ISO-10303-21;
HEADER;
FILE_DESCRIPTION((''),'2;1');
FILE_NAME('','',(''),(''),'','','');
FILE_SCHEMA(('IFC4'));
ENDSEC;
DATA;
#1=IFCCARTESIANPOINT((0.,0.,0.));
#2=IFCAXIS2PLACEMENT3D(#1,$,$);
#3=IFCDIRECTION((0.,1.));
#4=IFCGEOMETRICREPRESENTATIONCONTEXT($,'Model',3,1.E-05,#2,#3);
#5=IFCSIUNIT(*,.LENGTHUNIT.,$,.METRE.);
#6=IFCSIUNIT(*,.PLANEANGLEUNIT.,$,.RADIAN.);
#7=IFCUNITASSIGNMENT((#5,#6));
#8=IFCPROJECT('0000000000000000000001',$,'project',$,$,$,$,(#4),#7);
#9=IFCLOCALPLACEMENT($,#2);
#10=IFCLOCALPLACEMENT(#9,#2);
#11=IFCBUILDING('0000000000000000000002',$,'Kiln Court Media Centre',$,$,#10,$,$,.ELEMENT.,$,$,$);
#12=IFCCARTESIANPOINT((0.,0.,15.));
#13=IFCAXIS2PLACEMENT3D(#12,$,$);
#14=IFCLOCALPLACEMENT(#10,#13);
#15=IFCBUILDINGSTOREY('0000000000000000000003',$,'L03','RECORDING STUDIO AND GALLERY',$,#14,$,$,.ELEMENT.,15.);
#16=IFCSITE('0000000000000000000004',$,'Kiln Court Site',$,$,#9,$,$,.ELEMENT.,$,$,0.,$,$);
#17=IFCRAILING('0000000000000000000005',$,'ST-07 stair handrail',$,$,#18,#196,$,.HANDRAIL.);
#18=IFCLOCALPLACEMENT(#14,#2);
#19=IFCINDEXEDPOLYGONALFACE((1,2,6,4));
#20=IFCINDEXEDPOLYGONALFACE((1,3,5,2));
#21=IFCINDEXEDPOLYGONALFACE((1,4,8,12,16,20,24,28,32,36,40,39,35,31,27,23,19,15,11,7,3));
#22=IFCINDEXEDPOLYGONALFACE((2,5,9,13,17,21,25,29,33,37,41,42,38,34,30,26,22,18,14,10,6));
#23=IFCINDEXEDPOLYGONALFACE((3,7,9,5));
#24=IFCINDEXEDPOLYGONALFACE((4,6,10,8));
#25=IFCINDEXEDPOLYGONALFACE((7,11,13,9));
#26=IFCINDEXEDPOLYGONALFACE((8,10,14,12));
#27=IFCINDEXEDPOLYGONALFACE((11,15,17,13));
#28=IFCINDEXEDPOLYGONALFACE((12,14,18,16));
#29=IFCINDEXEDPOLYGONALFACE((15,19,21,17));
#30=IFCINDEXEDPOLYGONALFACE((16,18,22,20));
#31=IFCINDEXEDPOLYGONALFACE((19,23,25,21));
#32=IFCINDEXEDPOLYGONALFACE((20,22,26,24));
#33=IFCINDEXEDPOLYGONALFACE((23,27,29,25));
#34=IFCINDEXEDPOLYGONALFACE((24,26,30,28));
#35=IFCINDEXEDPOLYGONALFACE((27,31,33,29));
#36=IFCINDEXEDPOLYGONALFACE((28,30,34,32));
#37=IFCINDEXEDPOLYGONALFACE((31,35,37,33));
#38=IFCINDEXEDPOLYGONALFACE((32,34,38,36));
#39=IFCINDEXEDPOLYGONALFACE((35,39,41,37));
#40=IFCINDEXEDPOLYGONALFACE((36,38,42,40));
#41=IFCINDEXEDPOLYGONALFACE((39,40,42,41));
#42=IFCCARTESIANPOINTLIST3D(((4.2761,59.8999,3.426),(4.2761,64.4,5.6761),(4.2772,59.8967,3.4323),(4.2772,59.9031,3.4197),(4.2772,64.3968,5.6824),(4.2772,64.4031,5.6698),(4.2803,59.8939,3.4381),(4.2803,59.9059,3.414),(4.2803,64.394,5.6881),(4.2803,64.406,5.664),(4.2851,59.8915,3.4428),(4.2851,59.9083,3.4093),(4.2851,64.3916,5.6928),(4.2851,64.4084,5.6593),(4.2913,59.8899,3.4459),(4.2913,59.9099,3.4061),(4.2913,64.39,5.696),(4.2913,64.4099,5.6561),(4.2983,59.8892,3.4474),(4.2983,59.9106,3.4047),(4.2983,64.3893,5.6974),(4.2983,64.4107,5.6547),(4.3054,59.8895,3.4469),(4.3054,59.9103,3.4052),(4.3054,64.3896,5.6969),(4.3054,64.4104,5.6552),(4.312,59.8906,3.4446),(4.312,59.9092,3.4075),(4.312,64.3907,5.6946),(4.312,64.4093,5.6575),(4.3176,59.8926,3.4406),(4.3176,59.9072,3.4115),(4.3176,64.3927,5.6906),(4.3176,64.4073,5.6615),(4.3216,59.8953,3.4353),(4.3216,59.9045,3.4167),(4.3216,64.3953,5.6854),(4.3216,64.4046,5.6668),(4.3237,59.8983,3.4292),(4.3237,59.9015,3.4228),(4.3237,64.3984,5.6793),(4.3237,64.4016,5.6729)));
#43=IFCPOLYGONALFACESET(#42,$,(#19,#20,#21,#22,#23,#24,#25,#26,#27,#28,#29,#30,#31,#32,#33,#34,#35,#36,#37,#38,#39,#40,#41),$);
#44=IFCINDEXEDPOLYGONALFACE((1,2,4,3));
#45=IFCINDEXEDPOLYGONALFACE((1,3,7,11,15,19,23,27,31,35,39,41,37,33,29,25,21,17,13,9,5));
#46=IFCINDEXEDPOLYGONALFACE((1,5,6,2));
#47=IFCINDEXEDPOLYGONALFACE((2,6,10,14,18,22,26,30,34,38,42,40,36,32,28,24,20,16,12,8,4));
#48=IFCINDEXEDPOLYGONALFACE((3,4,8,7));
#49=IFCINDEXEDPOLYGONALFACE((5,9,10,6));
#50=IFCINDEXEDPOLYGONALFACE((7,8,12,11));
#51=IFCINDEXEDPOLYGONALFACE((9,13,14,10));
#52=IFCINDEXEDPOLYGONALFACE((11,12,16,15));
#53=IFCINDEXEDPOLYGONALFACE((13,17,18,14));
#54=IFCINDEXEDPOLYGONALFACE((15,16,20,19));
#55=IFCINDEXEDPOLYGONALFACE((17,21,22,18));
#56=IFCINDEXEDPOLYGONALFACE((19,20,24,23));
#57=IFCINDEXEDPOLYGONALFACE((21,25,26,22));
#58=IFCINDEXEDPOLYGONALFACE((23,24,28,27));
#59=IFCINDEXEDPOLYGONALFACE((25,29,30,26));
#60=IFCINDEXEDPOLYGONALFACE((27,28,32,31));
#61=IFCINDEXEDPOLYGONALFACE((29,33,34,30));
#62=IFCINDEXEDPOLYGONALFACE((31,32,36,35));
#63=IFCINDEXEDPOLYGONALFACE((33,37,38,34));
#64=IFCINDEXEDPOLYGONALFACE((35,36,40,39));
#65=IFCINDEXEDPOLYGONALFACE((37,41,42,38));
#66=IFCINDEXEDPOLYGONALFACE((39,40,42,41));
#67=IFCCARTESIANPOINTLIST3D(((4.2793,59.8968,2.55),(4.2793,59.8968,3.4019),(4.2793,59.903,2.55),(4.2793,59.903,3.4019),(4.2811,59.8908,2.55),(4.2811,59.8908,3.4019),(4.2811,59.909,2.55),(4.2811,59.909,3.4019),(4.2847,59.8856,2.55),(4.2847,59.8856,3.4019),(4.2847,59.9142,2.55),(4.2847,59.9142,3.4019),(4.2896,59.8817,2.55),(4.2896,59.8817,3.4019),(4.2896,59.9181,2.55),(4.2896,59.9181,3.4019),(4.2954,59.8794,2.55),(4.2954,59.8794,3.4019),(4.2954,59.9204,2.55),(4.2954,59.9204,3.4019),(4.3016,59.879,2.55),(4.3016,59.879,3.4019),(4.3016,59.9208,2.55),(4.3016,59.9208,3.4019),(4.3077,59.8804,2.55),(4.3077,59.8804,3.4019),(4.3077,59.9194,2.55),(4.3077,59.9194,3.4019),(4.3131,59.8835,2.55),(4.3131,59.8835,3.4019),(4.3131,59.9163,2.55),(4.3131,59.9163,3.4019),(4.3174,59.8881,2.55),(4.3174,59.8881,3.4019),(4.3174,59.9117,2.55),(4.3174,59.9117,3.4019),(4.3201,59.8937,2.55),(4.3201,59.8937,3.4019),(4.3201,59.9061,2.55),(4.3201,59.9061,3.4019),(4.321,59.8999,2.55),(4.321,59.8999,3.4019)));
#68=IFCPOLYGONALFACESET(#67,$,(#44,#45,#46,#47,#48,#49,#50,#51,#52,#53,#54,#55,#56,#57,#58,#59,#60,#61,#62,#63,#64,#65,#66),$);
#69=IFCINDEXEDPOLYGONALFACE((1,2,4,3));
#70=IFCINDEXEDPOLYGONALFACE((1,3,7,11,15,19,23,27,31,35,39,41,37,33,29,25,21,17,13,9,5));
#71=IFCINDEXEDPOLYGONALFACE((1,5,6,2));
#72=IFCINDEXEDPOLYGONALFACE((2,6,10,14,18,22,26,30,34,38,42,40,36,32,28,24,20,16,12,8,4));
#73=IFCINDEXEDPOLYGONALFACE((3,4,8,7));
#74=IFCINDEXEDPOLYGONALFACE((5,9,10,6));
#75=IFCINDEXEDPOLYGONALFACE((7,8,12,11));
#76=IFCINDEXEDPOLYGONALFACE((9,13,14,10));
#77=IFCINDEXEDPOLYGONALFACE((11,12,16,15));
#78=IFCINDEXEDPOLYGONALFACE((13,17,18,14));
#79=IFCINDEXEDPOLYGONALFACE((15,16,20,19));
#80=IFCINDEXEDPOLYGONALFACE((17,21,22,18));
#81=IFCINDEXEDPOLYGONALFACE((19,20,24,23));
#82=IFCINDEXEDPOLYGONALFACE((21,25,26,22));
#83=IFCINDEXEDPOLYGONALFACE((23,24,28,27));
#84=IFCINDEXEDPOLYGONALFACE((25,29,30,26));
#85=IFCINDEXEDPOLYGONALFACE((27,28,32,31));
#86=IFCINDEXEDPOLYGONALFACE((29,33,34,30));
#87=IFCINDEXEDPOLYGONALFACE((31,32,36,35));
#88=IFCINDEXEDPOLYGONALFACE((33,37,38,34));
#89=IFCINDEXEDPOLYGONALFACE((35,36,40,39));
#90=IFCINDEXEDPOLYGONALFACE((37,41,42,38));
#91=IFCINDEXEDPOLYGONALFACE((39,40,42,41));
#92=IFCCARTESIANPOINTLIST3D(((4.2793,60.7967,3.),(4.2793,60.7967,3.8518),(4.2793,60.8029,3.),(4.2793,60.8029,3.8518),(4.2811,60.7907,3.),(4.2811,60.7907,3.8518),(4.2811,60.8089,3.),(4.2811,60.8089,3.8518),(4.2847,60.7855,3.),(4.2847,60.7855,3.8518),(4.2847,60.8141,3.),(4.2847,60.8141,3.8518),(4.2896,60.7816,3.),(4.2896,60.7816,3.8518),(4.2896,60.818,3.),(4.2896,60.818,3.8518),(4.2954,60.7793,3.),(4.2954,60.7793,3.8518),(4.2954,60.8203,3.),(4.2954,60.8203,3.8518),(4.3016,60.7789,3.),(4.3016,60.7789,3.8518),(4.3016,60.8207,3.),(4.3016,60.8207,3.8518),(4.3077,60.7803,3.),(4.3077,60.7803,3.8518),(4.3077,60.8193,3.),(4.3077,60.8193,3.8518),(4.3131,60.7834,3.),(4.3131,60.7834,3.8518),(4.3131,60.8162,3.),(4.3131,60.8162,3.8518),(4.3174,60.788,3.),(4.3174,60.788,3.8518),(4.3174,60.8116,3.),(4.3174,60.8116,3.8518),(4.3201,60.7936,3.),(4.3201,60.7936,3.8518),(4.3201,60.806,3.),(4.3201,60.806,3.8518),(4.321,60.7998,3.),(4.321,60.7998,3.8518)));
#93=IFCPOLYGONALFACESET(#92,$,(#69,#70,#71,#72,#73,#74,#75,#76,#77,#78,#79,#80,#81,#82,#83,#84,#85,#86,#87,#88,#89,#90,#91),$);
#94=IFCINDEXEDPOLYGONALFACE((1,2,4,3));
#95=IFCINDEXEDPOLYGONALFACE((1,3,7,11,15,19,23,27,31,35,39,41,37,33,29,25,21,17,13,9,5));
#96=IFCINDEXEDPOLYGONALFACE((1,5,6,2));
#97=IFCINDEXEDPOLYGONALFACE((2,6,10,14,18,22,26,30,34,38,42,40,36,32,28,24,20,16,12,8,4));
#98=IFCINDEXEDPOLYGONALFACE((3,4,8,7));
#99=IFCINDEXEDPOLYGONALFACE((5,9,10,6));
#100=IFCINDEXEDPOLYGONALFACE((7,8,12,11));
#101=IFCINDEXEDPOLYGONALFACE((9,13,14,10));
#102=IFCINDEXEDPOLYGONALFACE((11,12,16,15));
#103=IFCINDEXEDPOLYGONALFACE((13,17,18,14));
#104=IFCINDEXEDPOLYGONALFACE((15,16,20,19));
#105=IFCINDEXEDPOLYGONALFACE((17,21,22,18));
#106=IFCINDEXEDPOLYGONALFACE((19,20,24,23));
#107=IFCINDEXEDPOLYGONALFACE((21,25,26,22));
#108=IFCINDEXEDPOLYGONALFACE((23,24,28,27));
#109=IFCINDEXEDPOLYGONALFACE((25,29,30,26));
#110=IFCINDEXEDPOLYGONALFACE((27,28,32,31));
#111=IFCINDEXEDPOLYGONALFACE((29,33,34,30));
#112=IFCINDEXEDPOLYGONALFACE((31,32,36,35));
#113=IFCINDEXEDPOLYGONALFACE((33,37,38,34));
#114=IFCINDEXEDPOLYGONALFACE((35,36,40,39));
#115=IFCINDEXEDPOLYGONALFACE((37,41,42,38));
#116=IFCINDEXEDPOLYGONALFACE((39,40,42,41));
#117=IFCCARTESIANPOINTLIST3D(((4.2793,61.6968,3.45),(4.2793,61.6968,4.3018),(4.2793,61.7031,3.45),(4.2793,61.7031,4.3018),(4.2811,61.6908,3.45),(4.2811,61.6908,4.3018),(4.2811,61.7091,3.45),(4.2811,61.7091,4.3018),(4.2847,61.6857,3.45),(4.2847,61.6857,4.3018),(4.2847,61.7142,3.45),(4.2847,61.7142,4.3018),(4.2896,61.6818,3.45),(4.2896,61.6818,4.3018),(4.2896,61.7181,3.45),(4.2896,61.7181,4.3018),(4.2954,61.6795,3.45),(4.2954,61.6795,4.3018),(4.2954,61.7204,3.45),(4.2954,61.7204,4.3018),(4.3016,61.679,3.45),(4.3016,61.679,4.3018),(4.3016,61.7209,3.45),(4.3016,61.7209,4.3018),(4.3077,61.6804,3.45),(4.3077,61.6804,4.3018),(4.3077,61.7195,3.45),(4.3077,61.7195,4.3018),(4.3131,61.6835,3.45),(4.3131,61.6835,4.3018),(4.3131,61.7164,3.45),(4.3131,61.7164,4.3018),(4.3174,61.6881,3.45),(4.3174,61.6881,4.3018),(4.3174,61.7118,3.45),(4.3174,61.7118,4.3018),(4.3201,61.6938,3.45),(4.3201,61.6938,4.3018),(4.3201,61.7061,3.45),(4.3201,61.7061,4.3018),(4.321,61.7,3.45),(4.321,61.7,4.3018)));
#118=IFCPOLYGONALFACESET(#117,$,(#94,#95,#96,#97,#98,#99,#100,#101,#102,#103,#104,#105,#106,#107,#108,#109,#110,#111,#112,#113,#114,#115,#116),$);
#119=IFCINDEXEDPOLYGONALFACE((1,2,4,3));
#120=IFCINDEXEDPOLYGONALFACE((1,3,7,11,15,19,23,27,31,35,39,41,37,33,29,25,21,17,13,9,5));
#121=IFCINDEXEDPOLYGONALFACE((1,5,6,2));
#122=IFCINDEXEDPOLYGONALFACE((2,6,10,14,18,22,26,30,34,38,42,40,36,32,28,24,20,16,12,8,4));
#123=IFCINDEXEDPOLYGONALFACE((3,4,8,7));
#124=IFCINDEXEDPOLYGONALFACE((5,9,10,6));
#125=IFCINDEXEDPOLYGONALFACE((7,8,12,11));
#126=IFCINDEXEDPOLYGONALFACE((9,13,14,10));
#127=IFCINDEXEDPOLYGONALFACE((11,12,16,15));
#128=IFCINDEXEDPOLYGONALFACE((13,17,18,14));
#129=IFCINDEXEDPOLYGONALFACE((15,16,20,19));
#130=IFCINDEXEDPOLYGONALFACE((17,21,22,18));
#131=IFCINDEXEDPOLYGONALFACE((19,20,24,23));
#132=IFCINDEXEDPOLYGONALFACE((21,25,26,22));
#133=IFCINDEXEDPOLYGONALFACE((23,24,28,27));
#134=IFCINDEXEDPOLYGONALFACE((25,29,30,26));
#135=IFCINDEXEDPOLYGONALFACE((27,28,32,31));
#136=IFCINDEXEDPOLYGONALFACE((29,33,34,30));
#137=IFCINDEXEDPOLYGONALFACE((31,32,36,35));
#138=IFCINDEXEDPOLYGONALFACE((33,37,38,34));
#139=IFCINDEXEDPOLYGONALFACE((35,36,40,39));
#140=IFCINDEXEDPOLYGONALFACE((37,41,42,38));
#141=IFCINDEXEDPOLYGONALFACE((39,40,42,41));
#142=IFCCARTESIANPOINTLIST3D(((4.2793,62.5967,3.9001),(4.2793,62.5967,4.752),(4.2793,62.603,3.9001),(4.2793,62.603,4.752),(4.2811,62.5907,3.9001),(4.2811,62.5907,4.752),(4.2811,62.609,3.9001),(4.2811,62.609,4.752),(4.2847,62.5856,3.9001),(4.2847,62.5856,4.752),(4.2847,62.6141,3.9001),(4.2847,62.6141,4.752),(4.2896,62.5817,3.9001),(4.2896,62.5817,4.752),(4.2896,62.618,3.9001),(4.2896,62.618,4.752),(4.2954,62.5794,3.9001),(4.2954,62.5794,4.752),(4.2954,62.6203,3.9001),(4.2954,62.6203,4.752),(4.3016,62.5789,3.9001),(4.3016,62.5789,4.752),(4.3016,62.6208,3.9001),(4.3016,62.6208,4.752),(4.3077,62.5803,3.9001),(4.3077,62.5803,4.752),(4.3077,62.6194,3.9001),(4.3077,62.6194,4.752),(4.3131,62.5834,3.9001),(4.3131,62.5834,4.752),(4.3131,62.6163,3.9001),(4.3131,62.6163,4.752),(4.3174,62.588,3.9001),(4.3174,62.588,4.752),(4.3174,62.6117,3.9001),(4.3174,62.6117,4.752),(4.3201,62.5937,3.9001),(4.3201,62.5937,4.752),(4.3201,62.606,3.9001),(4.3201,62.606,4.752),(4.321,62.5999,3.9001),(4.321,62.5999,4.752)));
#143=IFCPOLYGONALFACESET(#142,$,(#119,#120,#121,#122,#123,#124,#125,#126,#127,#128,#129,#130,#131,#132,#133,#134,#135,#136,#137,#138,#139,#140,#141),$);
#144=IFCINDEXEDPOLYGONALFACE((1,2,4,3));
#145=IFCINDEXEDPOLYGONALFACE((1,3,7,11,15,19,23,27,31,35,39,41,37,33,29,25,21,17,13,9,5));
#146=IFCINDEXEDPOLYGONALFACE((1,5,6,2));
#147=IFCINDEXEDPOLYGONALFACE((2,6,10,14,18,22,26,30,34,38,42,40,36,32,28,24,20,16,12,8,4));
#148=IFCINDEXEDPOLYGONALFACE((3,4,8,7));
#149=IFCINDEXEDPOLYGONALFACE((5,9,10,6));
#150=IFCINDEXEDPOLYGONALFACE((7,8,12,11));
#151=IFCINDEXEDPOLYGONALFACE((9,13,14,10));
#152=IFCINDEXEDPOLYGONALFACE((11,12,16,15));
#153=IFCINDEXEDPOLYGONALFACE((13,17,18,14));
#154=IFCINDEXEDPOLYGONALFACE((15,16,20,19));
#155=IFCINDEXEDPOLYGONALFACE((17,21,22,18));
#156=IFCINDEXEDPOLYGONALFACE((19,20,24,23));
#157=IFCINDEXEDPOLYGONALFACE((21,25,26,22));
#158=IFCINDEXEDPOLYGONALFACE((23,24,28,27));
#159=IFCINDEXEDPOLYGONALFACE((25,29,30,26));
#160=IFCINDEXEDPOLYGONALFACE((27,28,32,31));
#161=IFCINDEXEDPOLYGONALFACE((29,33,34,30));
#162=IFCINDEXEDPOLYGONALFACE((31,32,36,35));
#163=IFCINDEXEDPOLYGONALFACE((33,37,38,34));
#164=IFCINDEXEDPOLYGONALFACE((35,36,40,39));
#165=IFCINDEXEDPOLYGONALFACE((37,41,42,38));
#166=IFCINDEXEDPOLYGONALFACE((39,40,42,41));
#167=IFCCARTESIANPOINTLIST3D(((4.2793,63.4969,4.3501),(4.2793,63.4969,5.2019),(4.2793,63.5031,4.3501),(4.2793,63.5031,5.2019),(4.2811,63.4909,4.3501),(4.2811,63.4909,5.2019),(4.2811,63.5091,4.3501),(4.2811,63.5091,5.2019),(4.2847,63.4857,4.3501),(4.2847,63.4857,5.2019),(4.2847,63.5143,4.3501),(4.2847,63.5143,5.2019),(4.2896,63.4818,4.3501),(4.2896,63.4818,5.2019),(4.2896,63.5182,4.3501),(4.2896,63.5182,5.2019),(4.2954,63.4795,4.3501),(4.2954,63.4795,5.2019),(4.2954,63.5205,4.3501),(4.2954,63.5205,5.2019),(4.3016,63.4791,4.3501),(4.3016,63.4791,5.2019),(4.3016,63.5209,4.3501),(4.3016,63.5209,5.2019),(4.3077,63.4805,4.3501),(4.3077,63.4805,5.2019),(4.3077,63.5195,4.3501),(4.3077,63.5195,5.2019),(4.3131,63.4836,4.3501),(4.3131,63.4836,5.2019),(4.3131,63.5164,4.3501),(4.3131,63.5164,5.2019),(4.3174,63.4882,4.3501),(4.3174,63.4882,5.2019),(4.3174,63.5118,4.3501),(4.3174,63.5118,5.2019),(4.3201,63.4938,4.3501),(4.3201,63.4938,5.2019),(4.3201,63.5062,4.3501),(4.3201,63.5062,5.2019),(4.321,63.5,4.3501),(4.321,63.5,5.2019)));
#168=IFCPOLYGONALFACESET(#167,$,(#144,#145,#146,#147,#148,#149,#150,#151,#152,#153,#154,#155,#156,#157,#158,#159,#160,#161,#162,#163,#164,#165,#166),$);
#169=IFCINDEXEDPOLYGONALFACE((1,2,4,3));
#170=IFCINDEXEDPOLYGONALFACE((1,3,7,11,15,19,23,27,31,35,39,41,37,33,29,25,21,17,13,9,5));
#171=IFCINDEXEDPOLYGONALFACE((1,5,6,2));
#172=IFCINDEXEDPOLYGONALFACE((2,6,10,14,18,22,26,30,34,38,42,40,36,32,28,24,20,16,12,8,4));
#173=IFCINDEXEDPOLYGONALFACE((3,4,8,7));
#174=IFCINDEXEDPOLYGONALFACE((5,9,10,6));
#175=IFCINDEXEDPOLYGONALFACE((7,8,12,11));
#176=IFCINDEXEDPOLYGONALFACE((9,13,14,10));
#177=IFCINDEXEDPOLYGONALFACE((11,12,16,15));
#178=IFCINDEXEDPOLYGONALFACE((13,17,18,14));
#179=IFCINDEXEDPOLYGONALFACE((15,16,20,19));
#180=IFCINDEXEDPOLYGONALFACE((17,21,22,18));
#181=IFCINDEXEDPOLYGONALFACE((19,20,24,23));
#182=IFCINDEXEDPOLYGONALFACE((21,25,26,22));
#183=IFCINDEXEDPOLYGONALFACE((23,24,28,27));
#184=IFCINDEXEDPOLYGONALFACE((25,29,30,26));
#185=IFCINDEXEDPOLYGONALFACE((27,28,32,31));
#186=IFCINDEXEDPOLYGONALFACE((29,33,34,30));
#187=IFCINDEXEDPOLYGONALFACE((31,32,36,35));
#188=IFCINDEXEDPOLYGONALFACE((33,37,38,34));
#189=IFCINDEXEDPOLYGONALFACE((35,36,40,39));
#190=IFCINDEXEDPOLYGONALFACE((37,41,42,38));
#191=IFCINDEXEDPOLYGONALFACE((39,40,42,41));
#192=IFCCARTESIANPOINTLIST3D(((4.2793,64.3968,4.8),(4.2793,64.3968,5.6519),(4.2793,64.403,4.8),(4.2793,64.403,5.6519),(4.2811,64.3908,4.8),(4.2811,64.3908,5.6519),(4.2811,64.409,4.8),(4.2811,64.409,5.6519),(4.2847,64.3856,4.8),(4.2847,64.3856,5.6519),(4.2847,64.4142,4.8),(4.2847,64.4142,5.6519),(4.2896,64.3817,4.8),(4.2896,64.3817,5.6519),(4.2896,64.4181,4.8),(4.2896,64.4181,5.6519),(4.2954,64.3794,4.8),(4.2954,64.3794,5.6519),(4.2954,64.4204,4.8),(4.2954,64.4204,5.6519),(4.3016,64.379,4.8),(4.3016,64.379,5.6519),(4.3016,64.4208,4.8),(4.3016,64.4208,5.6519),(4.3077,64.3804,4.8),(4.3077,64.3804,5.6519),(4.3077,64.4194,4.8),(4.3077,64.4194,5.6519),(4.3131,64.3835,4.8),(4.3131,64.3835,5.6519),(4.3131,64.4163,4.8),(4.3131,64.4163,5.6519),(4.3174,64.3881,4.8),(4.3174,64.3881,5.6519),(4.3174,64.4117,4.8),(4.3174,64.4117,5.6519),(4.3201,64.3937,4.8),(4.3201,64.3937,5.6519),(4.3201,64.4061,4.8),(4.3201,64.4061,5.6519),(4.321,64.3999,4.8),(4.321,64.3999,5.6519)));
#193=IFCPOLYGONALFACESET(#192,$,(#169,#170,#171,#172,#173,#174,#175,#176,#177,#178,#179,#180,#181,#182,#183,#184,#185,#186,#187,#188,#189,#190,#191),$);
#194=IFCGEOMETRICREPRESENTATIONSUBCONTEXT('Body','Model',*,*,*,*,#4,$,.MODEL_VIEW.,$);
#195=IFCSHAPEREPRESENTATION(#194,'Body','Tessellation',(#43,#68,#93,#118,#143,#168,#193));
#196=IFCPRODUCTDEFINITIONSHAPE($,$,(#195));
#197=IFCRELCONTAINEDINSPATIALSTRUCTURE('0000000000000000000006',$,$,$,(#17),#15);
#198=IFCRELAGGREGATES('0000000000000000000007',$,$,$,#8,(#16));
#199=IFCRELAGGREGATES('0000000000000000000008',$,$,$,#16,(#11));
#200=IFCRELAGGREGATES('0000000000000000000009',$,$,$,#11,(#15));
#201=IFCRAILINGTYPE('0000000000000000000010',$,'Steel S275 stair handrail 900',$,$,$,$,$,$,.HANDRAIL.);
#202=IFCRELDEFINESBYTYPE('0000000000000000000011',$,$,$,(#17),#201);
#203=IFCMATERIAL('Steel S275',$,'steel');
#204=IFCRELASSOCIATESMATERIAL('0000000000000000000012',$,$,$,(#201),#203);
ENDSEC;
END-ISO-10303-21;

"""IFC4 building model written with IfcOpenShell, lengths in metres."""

from ifc_helpers import new_model, si_unit, direction, frame, origin, origin_2d, place, context, subcontext, project, spatial, circle, extrude, material, type_object, element, save


model = new_model("IFC4")

# Units and contexts
model_context = context("Model", 3, precision=1e-05, world=origin(), true_north=direction((0.0, 1.0)))
body_context = subcontext(model_context, "Body", "Model", "MODEL_VIEW")
ifc_project = project(units=[si_unit("LENGTHUNIT", "METRE"), si_unit("PLANEANGLEUNIT", "RADIAN")], contexts=[model_context])

# Site, building, storey
site_placement = place(None, origin())
site = spatial("IfcSite", under=ifc_project, at=site_placement, Name="Kiln Court Site", CompositionType="ELEMENT", RefElevation=0.0)
building_placement = place(site_placement, origin())
building = spatial("IfcBuilding", under=site, at=building_placement, Name="Kiln Court Media Centre", CompositionType="ELEMENT")
storey_placement = place(building_placement, frame((0.0, 0.0, 15.0)))
storey = spatial("IfcBuildingStorey", under=building, at=storey_placement, Name="L03", Description="RECORDING STUDIO AND GALLERY", CompositionType="ELEMENT", Elevation=15.0)

# Railing
ifc_material_1 = material(Name="Steel S275", Category="steel")
railing_type_1 = type_object("IfcRailingType", Name="Steel S275 stair handrail 900", PredefinedType="HANDRAIL", material=ifc_material_1)
railing_1_placement = place(storey_placement, frame((4.3, 59.8999, 2.55)))
element("IfcRailing", 1, at=railing_1_placement, inside=storey, type_object=railing_type_1, Name="ST-07 stair handrail", PredefinedType="HANDRAIL", context=body_context, shape_type="SweptSolid", body=[
    extrude(circle(Radius=0.0239, at=origin_2d()), frame((0.0, 0.0, 0.876), z_axis=(0.0, 0.894427, 0.447214), x_axis=(-1.0, 0.0, 0.0)), (0.0, 0.0, 1.0), 5.0312),
    extrude(circle(Radius=0.021, at=origin_2d()), origin(), (0.0, 0.0, 1.0), 0.8518),
    extrude(circle(Radius=0.021, at=origin_2d()), frame((0.0, 0.8999, 0.45)), (0.0, 0.0, 1.0), 0.8518),
    extrude(circle(Radius=0.021, at=origin_2d()), frame((0.0, 1.8, 0.8999)), (0.0, 0.0, 1.0), 0.8518),
    extrude(circle(Radius=0.021, at=origin_2d()), frame((0.0, 2.7, 1.3501)), (0.0, 0.0, 1.0), 0.8518),
    extrude(circle(Radius=0.021, at=origin_2d()), frame((0.0, 3.6001, 1.8)), (0.0, 0.0, 1.0), 0.8518),
    extrude(circle(Radius=0.021, at=origin_2d()), frame((0.0, 4.5, 2.25)), (0.0, 0.0, 1.0), 0.8518),
])

save(model, "model.ifc")
